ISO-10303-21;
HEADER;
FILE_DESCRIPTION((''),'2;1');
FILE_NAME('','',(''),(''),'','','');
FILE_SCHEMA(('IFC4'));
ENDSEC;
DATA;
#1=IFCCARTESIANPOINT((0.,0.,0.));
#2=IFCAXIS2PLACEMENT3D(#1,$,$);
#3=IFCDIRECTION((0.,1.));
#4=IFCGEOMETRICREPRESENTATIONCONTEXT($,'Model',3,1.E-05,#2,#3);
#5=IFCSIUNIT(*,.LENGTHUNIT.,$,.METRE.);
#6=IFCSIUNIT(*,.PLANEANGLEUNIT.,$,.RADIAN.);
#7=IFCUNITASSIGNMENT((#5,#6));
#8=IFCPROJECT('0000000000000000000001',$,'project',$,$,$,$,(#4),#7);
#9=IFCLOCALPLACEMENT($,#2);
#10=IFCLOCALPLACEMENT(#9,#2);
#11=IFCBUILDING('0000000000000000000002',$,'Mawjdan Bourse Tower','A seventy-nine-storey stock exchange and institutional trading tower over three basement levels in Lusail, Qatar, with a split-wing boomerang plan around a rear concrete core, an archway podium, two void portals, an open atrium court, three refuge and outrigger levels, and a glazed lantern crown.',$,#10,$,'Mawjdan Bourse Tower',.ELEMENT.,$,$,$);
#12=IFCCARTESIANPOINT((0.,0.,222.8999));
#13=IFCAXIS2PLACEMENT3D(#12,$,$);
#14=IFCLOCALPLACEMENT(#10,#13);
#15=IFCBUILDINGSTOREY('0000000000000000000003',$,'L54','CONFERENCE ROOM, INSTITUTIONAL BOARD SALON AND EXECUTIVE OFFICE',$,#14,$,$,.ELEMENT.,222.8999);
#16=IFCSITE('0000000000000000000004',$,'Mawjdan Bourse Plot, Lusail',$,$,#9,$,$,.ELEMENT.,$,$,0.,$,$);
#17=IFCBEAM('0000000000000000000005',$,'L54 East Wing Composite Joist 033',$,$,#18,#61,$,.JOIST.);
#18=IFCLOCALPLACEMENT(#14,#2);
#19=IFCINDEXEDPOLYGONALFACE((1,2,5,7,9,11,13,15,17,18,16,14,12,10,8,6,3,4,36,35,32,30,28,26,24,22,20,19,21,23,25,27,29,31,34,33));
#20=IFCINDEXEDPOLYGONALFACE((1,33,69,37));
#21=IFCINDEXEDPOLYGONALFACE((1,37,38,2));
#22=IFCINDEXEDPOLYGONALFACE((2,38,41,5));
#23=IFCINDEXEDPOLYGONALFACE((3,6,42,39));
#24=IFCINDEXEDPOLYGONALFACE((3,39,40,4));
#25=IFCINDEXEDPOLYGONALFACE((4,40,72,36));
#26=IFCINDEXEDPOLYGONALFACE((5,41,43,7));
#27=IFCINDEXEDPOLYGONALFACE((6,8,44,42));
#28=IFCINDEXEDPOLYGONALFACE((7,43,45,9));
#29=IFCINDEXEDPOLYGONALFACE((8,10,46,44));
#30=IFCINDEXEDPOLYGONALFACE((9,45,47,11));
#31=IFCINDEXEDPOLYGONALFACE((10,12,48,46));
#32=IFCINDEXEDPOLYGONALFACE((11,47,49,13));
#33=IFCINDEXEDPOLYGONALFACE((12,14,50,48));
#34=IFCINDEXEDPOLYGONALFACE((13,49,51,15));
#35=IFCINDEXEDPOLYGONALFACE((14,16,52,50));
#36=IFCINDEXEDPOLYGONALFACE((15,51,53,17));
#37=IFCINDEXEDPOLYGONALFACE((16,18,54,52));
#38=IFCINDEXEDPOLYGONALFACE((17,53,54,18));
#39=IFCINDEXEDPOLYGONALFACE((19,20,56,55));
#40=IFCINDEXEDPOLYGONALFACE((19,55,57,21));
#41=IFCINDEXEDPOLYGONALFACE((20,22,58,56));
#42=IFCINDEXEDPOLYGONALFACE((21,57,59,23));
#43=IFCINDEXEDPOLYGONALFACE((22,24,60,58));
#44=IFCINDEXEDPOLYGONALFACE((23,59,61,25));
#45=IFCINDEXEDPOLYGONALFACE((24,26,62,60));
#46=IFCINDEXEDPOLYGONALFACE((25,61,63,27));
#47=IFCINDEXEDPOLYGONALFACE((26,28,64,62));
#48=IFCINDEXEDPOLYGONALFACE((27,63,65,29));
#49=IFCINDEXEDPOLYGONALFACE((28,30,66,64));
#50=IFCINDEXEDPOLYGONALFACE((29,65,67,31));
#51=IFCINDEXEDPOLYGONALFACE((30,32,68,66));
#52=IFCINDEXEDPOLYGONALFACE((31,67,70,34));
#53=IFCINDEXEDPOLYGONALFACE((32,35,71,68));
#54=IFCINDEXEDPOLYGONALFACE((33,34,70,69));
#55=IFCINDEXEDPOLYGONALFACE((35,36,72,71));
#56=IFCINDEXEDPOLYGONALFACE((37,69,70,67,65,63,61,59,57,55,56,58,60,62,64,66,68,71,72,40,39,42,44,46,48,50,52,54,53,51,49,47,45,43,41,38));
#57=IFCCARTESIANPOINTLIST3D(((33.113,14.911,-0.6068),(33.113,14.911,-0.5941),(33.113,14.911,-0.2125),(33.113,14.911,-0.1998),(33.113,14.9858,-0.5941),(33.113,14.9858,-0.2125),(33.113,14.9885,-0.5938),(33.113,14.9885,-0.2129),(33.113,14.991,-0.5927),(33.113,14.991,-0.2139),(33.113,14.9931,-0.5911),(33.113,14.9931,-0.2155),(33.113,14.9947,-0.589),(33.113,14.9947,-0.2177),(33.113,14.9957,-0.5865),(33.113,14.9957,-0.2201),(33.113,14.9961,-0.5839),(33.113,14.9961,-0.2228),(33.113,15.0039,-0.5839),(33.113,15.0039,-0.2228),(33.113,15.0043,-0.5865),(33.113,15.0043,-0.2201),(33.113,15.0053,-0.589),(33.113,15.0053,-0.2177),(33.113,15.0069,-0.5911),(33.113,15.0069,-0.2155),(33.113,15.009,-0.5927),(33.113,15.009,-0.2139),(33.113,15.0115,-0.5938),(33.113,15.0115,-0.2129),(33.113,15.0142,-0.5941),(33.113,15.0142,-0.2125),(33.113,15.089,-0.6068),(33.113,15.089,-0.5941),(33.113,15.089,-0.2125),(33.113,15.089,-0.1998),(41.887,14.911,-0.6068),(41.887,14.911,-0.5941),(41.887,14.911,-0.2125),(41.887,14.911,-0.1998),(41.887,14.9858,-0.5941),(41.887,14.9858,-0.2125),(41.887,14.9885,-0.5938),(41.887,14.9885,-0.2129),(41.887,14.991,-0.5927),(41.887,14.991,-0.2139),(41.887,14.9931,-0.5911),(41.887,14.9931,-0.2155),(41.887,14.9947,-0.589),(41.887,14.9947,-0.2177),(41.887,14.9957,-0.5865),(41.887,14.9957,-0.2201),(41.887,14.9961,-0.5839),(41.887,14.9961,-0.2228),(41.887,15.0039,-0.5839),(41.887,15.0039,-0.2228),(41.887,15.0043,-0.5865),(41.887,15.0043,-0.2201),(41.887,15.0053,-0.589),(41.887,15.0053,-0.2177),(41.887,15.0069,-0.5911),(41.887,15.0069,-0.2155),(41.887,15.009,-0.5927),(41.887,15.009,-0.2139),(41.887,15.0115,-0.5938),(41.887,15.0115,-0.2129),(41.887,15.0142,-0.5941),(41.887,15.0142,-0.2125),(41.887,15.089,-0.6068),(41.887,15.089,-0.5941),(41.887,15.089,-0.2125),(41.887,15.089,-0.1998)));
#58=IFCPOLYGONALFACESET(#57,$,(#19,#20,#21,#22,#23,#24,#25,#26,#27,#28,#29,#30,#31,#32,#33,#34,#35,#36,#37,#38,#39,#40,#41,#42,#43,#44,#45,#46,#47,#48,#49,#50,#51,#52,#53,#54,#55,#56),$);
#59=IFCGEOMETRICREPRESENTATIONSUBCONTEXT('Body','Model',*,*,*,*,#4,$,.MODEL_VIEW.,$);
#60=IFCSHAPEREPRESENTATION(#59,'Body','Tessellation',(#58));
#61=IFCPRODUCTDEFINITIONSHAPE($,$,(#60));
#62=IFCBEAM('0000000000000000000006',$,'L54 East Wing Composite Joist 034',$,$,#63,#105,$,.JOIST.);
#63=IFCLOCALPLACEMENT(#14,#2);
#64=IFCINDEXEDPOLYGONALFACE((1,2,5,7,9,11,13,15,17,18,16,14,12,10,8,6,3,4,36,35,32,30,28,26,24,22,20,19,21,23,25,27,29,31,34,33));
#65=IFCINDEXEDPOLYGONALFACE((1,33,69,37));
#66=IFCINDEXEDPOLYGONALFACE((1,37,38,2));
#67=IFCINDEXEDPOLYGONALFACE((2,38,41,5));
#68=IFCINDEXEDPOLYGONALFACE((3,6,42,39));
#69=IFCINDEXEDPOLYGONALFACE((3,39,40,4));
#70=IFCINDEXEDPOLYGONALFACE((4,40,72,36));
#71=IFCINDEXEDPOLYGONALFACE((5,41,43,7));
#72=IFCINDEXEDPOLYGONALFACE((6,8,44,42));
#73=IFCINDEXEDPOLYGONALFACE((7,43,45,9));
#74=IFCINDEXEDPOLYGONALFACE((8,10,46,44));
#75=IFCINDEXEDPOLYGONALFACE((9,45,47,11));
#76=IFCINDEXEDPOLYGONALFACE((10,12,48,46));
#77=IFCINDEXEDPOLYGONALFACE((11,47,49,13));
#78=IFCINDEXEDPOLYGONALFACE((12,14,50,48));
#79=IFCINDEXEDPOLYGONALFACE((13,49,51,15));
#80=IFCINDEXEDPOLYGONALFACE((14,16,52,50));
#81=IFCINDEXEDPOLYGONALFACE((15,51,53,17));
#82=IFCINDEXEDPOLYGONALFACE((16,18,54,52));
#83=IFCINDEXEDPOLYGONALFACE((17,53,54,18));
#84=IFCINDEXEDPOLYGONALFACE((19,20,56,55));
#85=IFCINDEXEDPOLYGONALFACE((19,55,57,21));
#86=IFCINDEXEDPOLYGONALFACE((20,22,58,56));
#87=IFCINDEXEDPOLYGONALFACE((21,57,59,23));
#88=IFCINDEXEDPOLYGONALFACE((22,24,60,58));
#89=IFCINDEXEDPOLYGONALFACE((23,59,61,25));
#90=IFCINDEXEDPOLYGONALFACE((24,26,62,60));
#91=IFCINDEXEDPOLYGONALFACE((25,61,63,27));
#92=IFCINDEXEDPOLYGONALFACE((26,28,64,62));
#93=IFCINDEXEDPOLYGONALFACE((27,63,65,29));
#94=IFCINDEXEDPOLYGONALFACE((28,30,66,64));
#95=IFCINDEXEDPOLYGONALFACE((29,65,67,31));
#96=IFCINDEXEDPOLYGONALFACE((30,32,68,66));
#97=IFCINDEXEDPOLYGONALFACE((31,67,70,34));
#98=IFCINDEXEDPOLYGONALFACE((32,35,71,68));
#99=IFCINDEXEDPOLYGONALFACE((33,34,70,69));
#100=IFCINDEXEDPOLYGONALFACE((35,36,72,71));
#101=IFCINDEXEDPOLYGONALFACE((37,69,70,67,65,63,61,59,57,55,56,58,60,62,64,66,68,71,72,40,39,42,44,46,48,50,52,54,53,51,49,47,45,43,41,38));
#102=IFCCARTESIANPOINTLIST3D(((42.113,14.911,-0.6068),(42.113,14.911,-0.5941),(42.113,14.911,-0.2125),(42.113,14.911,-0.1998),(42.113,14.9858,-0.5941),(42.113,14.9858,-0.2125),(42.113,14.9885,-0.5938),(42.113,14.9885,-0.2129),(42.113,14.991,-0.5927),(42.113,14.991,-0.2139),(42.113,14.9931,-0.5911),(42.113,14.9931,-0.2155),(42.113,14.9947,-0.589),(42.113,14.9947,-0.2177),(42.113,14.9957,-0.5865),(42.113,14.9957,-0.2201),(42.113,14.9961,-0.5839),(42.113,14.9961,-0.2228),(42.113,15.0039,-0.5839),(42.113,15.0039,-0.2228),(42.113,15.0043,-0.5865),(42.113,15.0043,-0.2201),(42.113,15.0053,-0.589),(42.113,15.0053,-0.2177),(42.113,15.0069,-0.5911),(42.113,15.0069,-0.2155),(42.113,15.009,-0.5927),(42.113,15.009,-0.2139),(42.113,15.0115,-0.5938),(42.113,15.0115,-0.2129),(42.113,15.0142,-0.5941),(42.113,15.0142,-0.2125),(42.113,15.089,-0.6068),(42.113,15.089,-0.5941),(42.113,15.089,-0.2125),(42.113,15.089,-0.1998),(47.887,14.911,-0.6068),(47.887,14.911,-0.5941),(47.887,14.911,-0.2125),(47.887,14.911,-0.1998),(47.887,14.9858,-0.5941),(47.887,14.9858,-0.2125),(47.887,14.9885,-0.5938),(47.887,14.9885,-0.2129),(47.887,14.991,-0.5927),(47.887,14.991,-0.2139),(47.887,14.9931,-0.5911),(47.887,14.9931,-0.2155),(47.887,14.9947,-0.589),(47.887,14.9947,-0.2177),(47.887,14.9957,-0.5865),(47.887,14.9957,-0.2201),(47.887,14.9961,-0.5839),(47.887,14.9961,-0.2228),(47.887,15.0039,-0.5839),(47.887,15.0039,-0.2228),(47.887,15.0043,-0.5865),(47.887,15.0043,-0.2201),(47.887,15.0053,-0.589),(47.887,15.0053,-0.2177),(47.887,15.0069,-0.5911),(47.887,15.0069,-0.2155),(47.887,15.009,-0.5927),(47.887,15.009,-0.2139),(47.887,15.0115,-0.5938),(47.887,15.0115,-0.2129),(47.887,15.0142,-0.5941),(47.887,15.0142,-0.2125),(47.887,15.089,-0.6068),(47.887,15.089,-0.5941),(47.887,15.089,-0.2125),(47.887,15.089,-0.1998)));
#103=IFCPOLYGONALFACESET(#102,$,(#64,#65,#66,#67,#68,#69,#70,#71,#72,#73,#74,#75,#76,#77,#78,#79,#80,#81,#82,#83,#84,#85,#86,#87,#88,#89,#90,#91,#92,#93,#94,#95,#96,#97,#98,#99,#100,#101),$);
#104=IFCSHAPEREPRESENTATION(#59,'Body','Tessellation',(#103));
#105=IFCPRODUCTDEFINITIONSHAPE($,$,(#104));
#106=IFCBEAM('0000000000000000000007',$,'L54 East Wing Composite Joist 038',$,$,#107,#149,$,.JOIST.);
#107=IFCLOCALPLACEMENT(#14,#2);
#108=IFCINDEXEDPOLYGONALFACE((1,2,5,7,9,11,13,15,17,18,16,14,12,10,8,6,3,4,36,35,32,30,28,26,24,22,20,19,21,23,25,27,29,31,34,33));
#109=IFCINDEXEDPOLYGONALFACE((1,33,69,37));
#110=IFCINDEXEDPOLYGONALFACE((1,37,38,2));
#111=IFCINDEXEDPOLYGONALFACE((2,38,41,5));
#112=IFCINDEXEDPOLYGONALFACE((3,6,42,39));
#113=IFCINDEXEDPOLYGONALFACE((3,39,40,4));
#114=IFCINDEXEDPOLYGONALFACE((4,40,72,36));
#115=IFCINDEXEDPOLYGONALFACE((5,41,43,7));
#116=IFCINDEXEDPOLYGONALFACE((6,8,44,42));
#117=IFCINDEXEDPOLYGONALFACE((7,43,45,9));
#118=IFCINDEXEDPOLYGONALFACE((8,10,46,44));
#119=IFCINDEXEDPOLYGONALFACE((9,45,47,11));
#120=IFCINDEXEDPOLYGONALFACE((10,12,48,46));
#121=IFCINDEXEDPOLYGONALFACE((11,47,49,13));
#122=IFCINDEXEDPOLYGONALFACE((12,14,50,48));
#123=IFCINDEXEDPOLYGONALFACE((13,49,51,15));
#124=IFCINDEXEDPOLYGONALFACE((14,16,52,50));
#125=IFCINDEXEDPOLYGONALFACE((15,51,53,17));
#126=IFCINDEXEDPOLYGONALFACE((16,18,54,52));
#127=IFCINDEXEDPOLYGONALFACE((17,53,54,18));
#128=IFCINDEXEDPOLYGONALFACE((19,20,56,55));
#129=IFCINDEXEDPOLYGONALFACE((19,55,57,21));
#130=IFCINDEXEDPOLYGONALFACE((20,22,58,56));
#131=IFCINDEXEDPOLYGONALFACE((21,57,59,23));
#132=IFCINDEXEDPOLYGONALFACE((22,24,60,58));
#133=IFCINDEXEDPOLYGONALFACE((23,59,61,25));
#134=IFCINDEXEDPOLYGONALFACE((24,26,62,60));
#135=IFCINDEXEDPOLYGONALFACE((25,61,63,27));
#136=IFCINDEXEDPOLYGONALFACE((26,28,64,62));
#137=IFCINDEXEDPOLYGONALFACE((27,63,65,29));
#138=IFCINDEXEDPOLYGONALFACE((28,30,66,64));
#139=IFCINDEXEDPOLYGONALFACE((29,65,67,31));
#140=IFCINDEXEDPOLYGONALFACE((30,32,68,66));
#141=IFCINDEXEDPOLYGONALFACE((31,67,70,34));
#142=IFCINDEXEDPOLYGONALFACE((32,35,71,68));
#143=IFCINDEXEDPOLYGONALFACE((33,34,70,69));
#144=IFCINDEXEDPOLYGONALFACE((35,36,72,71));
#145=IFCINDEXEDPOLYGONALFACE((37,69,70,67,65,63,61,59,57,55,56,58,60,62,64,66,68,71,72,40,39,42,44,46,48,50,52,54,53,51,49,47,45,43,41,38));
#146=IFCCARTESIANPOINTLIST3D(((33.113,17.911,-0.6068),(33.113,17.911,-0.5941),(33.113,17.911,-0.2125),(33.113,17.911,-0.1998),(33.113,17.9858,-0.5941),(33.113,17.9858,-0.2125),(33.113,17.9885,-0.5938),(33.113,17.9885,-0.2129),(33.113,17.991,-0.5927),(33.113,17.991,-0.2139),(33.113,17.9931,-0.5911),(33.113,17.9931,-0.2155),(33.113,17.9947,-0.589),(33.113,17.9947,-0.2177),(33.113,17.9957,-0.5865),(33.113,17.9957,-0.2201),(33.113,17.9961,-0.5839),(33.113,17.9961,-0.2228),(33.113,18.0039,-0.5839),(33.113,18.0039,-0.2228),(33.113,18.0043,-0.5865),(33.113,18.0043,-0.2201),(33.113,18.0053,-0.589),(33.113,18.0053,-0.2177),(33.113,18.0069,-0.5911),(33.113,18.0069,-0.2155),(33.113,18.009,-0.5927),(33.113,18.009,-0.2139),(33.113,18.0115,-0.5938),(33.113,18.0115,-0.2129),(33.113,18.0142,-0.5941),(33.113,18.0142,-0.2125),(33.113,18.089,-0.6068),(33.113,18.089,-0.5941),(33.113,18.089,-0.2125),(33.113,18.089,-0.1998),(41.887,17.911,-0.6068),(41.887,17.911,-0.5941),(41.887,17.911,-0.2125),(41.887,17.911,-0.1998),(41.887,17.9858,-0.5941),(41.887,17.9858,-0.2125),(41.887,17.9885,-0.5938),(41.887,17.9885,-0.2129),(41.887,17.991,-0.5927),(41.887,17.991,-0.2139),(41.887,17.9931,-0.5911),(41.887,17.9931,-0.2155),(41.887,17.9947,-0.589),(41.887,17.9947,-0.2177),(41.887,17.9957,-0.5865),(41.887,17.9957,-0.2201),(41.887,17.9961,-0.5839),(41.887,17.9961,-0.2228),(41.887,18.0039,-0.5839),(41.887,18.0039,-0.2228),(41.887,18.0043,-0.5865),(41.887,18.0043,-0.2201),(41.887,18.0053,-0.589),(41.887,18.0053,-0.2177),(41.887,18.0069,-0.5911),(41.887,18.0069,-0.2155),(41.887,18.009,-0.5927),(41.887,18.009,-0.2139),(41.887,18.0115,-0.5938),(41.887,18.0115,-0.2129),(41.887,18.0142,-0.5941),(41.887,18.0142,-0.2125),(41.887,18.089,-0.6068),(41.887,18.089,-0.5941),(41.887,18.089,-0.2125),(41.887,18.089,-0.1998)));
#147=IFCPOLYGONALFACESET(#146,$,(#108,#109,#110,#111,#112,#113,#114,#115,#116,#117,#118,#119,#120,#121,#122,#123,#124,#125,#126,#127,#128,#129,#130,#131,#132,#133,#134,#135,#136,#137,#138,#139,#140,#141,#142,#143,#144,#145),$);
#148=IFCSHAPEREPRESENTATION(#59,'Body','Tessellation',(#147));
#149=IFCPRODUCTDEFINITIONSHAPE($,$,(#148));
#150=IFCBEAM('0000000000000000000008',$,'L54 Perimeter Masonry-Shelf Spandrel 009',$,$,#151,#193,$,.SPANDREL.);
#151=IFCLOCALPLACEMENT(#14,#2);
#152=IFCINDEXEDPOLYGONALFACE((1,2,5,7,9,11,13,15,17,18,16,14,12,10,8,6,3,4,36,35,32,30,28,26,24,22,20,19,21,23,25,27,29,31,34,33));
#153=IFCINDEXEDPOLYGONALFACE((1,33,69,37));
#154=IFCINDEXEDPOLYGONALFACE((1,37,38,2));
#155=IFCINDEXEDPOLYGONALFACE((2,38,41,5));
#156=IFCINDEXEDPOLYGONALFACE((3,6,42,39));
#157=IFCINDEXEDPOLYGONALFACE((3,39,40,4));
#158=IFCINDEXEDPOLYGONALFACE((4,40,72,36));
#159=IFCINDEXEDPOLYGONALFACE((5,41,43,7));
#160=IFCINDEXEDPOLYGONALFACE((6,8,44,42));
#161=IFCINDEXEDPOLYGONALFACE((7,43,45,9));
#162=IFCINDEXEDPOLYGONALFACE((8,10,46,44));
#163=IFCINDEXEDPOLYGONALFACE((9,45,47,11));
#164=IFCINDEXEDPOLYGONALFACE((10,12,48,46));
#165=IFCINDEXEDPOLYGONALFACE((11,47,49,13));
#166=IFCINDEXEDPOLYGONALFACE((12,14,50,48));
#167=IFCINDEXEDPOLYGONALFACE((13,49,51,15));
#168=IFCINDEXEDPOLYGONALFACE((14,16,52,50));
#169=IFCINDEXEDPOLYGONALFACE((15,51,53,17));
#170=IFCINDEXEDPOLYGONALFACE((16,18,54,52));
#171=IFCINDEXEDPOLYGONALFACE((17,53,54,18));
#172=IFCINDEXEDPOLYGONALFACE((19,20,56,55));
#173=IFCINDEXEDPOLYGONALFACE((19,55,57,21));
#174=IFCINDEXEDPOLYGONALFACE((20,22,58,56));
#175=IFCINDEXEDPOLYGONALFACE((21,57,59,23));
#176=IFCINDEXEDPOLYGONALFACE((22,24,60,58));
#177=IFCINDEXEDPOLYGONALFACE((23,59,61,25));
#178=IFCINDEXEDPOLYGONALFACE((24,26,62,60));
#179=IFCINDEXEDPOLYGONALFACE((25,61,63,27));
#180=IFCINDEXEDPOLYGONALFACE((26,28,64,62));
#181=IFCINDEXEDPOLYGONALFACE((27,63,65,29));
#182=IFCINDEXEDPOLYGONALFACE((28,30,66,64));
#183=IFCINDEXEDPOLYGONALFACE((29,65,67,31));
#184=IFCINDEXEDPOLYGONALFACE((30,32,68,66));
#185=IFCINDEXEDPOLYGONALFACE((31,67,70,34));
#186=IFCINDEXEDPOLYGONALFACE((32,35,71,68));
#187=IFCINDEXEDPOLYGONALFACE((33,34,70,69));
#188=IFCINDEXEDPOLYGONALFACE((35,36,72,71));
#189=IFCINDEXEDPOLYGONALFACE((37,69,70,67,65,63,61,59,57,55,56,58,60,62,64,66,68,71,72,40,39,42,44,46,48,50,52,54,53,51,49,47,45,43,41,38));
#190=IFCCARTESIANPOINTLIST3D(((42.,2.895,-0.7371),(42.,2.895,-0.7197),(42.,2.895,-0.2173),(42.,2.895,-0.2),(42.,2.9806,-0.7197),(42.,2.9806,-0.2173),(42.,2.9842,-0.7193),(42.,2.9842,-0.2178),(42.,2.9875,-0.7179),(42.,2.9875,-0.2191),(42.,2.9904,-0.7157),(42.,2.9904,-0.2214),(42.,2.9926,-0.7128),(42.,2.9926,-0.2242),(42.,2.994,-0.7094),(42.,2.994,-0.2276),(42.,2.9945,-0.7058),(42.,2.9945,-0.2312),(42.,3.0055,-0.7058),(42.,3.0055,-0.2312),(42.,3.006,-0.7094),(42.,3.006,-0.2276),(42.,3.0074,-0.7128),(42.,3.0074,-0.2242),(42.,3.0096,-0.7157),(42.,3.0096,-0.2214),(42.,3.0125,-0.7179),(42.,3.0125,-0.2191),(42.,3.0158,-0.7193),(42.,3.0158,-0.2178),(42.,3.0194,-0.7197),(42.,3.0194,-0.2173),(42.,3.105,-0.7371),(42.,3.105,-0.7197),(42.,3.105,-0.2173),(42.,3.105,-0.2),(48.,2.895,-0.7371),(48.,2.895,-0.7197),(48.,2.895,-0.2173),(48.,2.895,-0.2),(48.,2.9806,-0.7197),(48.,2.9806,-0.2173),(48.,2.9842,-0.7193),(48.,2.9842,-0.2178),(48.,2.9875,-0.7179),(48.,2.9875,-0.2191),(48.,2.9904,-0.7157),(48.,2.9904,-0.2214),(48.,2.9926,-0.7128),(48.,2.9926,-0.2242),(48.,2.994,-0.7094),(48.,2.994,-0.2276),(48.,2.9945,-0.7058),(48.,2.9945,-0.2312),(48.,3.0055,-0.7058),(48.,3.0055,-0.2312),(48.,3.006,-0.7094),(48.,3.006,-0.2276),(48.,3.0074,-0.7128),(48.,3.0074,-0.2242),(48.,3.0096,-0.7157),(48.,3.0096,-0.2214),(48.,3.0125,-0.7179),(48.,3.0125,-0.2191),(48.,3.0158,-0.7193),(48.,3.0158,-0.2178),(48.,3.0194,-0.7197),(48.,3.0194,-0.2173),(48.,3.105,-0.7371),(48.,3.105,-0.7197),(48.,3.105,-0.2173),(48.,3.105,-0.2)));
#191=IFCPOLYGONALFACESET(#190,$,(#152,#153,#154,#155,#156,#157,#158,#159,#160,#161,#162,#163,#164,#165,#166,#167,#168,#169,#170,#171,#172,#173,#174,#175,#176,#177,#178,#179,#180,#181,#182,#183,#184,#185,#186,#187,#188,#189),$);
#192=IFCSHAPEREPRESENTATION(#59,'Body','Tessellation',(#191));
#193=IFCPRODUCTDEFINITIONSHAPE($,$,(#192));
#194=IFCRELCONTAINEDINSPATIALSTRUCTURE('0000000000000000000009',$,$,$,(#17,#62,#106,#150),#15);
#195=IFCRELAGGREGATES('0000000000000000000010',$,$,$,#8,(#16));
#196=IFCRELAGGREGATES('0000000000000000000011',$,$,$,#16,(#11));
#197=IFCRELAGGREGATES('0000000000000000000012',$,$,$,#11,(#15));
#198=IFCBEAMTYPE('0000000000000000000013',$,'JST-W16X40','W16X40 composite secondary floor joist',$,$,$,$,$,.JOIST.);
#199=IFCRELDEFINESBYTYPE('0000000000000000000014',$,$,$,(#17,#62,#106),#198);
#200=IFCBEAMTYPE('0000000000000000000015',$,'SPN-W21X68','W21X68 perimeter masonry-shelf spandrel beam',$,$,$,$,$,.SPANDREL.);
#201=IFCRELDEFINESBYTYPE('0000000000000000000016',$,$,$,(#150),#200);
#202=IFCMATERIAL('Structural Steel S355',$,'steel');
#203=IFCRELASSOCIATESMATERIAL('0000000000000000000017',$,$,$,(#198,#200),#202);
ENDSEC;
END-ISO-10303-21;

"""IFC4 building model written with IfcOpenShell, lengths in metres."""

from ifc_helpers import new_model, si_unit, direction, frame, origin, origin_2d, place, context, subcontext, project, spatial, i_section, extrude, material, material_profile, profile_set, type_object, element, save


model = new_model("IFC4")

# Units and contexts
model_context = context("Model", 3, precision=1e-05, world=origin(), true_north=direction((0.0, 1.0)))
body_context = subcontext(model_context, "Body", "Model", "MODEL_VIEW")
ifc_project = project(units=[si_unit("LENGTHUNIT", "METRE"), si_unit("PLANEANGLEUNIT", "RADIAN")], contexts=[model_context])

# Site, building, storey
site_placement = place(None, origin())
site = spatial("IfcSite", under=ifc_project, at=site_placement, Name="Mawjdan Bourse Plot, Lusail", CompositionType="ELEMENT", RefElevation=0.0)
building_placement = place(site_placement, origin())
building = spatial("IfcBuilding", under=site, at=building_placement, Name="Mawjdan Bourse Tower", Description="A seventy-nine-storey stock exchange and institutional trading tower over three basement levels in Lusail, Qatar, with a split-wing boomerang plan around a rear concrete core, an archway podium, two void portals, an open atrium court, three refuge and outrigger levels, and a glazed lantern crown.", LongName="Mawjdan Bourse Tower", CompositionType="ELEMENT")
storey_placement = place(building_placement, frame((0.0, 0.0, 222.8999)))
storey = spatial("IfcBuildingStorey", under=building, at=storey_placement, Name="L54", Description="CONFERENCE ROOM, INSTITUTIONAL BOARD SALON AND EXECUTIVE OFFICE", CompositionType="ELEMENT", Elevation=222.8999)

# Beams
ifc_material_1 = material(Name="Structural Steel S355", Category="steel")
ifc_material_profile_1 = material_profile(ifc_material_1, i_section(OverallWidth=0.178, OverallDepth=0.407, WebThickness=0.0078, FlangeThickness=0.0127, FilletRadius=0.0103, at=origin_2d()), Name="W16X40")
ifc_profile_set_1 = profile_set([ifc_material_profile_1], Name="Structural Steel S355")
beam_type_1 = type_object("IfcBeamType", Name="JST-W16X40", Description="W16X40 composite secondary floor joist", PredefinedType="JOIST", material=ifc_profile_set_1)
beam_1_placement = place(storey_placement, frame((33.113, 15.0, -0.4033), z_axis=(1.0, 0.0, 0.0), x_axis=(0.0, 1.0, 0.0)))
element("IfcBeam", 1, at=beam_1_placement, inside=storey, type_object=beam_type_1, Name="L54 East Wing Composite Joist 033", PredefinedType="JOIST", context=body_context, shape_type="SweptSolid", body=[
    extrude(i_section(OverallWidth=0.178, OverallDepth=0.407, WebThickness=0.0078, FlangeThickness=0.0127, FilletRadius=0.0103, at=origin_2d()), origin(), (0.0, 0.0, 1.0), 8.7739),
])
beam_2_placement = place(storey_placement, frame((42.113, 15.0, -0.4033), z_axis=(1.0, 0.0, 0.0), x_axis=(0.0, 1.0, 0.0)))
element("IfcBeam", 2, at=beam_2_placement, inside=storey, type_object=beam_type_1, Name="L54 East Wing Composite Joist 034", PredefinedType="JOIST", context=body_context, shape_type="SweptSolid", body=[
    extrude(i_section(OverallWidth=0.178, OverallDepth=0.407, WebThickness=0.0078, FlangeThickness=0.0127, FilletRadius=0.0103, at=origin_2d()), origin(), (0.0, 0.0, 1.0), 5.7739),
])
beam_3_placement = place(storey_placement, frame((33.113, 18.0, -0.4033), z_axis=(1.0, 0.0, 0.0), x_axis=(0.0, 1.0, 0.0)))
element("IfcBeam", 3, at=beam_3_placement, inside=storey, type_object=beam_type_1, Name="L54 East Wing Composite Joist 038", PredefinedType="JOIST", context=body_context, shape_type="SweptSolid", body=[
    extrude(i_section(OverallWidth=0.178, OverallDepth=0.407, WebThickness=0.0078, FlangeThickness=0.0127, FilletRadius=0.0103, at=origin_2d()), origin(), (0.0, 0.0, 1.0), 8.7739),
])
ifc_material_profile_2 = material_profile(ifc_material_1, i_section(OverallWidth=0.21, OverallDepth=0.5371, WebThickness=0.011, FlangeThickness=0.0173, FilletRadius=0.0139, at=origin_2d()), Name="W21X68")
ifc_profile_set_2 = profile_set([ifc_material_profile_2], Name="Structural Steel S355")
beam_type_2 = type_object("IfcBeamType", Name="SPN-W21X68", Description="W21X68 perimeter masonry-shelf spandrel beam", PredefinedType="SPANDREL", material=ifc_profile_set_2)
for number, where, z_axis, x_axis, name in (
    (4, (42.0, 3.0, -0.4685), (1.0, 0.0, 0.0), (0.0, 1.0, 0.0), "L54 Perimeter Masonry-Shelf Spandrel 009"),
):
    element("IfcBeam", number, at=place(storey_placement, frame(where, z_axis=z_axis, x_axis=x_axis)), inside=storey, type_object=beam_type_2, Name=name, PredefinedType="SPANDREL", context=body_context, shape_type="SweptSolid", body=[
        extrude(i_section(OverallWidth=0.21, OverallDepth=0.5371, WebThickness=0.011, FlangeThickness=0.0173, FilletRadius=0.0139, at=origin_2d()), origin(), (0.0, 0.0, 1.0), 6.0),
    ])

save(model, "model.ifc")
